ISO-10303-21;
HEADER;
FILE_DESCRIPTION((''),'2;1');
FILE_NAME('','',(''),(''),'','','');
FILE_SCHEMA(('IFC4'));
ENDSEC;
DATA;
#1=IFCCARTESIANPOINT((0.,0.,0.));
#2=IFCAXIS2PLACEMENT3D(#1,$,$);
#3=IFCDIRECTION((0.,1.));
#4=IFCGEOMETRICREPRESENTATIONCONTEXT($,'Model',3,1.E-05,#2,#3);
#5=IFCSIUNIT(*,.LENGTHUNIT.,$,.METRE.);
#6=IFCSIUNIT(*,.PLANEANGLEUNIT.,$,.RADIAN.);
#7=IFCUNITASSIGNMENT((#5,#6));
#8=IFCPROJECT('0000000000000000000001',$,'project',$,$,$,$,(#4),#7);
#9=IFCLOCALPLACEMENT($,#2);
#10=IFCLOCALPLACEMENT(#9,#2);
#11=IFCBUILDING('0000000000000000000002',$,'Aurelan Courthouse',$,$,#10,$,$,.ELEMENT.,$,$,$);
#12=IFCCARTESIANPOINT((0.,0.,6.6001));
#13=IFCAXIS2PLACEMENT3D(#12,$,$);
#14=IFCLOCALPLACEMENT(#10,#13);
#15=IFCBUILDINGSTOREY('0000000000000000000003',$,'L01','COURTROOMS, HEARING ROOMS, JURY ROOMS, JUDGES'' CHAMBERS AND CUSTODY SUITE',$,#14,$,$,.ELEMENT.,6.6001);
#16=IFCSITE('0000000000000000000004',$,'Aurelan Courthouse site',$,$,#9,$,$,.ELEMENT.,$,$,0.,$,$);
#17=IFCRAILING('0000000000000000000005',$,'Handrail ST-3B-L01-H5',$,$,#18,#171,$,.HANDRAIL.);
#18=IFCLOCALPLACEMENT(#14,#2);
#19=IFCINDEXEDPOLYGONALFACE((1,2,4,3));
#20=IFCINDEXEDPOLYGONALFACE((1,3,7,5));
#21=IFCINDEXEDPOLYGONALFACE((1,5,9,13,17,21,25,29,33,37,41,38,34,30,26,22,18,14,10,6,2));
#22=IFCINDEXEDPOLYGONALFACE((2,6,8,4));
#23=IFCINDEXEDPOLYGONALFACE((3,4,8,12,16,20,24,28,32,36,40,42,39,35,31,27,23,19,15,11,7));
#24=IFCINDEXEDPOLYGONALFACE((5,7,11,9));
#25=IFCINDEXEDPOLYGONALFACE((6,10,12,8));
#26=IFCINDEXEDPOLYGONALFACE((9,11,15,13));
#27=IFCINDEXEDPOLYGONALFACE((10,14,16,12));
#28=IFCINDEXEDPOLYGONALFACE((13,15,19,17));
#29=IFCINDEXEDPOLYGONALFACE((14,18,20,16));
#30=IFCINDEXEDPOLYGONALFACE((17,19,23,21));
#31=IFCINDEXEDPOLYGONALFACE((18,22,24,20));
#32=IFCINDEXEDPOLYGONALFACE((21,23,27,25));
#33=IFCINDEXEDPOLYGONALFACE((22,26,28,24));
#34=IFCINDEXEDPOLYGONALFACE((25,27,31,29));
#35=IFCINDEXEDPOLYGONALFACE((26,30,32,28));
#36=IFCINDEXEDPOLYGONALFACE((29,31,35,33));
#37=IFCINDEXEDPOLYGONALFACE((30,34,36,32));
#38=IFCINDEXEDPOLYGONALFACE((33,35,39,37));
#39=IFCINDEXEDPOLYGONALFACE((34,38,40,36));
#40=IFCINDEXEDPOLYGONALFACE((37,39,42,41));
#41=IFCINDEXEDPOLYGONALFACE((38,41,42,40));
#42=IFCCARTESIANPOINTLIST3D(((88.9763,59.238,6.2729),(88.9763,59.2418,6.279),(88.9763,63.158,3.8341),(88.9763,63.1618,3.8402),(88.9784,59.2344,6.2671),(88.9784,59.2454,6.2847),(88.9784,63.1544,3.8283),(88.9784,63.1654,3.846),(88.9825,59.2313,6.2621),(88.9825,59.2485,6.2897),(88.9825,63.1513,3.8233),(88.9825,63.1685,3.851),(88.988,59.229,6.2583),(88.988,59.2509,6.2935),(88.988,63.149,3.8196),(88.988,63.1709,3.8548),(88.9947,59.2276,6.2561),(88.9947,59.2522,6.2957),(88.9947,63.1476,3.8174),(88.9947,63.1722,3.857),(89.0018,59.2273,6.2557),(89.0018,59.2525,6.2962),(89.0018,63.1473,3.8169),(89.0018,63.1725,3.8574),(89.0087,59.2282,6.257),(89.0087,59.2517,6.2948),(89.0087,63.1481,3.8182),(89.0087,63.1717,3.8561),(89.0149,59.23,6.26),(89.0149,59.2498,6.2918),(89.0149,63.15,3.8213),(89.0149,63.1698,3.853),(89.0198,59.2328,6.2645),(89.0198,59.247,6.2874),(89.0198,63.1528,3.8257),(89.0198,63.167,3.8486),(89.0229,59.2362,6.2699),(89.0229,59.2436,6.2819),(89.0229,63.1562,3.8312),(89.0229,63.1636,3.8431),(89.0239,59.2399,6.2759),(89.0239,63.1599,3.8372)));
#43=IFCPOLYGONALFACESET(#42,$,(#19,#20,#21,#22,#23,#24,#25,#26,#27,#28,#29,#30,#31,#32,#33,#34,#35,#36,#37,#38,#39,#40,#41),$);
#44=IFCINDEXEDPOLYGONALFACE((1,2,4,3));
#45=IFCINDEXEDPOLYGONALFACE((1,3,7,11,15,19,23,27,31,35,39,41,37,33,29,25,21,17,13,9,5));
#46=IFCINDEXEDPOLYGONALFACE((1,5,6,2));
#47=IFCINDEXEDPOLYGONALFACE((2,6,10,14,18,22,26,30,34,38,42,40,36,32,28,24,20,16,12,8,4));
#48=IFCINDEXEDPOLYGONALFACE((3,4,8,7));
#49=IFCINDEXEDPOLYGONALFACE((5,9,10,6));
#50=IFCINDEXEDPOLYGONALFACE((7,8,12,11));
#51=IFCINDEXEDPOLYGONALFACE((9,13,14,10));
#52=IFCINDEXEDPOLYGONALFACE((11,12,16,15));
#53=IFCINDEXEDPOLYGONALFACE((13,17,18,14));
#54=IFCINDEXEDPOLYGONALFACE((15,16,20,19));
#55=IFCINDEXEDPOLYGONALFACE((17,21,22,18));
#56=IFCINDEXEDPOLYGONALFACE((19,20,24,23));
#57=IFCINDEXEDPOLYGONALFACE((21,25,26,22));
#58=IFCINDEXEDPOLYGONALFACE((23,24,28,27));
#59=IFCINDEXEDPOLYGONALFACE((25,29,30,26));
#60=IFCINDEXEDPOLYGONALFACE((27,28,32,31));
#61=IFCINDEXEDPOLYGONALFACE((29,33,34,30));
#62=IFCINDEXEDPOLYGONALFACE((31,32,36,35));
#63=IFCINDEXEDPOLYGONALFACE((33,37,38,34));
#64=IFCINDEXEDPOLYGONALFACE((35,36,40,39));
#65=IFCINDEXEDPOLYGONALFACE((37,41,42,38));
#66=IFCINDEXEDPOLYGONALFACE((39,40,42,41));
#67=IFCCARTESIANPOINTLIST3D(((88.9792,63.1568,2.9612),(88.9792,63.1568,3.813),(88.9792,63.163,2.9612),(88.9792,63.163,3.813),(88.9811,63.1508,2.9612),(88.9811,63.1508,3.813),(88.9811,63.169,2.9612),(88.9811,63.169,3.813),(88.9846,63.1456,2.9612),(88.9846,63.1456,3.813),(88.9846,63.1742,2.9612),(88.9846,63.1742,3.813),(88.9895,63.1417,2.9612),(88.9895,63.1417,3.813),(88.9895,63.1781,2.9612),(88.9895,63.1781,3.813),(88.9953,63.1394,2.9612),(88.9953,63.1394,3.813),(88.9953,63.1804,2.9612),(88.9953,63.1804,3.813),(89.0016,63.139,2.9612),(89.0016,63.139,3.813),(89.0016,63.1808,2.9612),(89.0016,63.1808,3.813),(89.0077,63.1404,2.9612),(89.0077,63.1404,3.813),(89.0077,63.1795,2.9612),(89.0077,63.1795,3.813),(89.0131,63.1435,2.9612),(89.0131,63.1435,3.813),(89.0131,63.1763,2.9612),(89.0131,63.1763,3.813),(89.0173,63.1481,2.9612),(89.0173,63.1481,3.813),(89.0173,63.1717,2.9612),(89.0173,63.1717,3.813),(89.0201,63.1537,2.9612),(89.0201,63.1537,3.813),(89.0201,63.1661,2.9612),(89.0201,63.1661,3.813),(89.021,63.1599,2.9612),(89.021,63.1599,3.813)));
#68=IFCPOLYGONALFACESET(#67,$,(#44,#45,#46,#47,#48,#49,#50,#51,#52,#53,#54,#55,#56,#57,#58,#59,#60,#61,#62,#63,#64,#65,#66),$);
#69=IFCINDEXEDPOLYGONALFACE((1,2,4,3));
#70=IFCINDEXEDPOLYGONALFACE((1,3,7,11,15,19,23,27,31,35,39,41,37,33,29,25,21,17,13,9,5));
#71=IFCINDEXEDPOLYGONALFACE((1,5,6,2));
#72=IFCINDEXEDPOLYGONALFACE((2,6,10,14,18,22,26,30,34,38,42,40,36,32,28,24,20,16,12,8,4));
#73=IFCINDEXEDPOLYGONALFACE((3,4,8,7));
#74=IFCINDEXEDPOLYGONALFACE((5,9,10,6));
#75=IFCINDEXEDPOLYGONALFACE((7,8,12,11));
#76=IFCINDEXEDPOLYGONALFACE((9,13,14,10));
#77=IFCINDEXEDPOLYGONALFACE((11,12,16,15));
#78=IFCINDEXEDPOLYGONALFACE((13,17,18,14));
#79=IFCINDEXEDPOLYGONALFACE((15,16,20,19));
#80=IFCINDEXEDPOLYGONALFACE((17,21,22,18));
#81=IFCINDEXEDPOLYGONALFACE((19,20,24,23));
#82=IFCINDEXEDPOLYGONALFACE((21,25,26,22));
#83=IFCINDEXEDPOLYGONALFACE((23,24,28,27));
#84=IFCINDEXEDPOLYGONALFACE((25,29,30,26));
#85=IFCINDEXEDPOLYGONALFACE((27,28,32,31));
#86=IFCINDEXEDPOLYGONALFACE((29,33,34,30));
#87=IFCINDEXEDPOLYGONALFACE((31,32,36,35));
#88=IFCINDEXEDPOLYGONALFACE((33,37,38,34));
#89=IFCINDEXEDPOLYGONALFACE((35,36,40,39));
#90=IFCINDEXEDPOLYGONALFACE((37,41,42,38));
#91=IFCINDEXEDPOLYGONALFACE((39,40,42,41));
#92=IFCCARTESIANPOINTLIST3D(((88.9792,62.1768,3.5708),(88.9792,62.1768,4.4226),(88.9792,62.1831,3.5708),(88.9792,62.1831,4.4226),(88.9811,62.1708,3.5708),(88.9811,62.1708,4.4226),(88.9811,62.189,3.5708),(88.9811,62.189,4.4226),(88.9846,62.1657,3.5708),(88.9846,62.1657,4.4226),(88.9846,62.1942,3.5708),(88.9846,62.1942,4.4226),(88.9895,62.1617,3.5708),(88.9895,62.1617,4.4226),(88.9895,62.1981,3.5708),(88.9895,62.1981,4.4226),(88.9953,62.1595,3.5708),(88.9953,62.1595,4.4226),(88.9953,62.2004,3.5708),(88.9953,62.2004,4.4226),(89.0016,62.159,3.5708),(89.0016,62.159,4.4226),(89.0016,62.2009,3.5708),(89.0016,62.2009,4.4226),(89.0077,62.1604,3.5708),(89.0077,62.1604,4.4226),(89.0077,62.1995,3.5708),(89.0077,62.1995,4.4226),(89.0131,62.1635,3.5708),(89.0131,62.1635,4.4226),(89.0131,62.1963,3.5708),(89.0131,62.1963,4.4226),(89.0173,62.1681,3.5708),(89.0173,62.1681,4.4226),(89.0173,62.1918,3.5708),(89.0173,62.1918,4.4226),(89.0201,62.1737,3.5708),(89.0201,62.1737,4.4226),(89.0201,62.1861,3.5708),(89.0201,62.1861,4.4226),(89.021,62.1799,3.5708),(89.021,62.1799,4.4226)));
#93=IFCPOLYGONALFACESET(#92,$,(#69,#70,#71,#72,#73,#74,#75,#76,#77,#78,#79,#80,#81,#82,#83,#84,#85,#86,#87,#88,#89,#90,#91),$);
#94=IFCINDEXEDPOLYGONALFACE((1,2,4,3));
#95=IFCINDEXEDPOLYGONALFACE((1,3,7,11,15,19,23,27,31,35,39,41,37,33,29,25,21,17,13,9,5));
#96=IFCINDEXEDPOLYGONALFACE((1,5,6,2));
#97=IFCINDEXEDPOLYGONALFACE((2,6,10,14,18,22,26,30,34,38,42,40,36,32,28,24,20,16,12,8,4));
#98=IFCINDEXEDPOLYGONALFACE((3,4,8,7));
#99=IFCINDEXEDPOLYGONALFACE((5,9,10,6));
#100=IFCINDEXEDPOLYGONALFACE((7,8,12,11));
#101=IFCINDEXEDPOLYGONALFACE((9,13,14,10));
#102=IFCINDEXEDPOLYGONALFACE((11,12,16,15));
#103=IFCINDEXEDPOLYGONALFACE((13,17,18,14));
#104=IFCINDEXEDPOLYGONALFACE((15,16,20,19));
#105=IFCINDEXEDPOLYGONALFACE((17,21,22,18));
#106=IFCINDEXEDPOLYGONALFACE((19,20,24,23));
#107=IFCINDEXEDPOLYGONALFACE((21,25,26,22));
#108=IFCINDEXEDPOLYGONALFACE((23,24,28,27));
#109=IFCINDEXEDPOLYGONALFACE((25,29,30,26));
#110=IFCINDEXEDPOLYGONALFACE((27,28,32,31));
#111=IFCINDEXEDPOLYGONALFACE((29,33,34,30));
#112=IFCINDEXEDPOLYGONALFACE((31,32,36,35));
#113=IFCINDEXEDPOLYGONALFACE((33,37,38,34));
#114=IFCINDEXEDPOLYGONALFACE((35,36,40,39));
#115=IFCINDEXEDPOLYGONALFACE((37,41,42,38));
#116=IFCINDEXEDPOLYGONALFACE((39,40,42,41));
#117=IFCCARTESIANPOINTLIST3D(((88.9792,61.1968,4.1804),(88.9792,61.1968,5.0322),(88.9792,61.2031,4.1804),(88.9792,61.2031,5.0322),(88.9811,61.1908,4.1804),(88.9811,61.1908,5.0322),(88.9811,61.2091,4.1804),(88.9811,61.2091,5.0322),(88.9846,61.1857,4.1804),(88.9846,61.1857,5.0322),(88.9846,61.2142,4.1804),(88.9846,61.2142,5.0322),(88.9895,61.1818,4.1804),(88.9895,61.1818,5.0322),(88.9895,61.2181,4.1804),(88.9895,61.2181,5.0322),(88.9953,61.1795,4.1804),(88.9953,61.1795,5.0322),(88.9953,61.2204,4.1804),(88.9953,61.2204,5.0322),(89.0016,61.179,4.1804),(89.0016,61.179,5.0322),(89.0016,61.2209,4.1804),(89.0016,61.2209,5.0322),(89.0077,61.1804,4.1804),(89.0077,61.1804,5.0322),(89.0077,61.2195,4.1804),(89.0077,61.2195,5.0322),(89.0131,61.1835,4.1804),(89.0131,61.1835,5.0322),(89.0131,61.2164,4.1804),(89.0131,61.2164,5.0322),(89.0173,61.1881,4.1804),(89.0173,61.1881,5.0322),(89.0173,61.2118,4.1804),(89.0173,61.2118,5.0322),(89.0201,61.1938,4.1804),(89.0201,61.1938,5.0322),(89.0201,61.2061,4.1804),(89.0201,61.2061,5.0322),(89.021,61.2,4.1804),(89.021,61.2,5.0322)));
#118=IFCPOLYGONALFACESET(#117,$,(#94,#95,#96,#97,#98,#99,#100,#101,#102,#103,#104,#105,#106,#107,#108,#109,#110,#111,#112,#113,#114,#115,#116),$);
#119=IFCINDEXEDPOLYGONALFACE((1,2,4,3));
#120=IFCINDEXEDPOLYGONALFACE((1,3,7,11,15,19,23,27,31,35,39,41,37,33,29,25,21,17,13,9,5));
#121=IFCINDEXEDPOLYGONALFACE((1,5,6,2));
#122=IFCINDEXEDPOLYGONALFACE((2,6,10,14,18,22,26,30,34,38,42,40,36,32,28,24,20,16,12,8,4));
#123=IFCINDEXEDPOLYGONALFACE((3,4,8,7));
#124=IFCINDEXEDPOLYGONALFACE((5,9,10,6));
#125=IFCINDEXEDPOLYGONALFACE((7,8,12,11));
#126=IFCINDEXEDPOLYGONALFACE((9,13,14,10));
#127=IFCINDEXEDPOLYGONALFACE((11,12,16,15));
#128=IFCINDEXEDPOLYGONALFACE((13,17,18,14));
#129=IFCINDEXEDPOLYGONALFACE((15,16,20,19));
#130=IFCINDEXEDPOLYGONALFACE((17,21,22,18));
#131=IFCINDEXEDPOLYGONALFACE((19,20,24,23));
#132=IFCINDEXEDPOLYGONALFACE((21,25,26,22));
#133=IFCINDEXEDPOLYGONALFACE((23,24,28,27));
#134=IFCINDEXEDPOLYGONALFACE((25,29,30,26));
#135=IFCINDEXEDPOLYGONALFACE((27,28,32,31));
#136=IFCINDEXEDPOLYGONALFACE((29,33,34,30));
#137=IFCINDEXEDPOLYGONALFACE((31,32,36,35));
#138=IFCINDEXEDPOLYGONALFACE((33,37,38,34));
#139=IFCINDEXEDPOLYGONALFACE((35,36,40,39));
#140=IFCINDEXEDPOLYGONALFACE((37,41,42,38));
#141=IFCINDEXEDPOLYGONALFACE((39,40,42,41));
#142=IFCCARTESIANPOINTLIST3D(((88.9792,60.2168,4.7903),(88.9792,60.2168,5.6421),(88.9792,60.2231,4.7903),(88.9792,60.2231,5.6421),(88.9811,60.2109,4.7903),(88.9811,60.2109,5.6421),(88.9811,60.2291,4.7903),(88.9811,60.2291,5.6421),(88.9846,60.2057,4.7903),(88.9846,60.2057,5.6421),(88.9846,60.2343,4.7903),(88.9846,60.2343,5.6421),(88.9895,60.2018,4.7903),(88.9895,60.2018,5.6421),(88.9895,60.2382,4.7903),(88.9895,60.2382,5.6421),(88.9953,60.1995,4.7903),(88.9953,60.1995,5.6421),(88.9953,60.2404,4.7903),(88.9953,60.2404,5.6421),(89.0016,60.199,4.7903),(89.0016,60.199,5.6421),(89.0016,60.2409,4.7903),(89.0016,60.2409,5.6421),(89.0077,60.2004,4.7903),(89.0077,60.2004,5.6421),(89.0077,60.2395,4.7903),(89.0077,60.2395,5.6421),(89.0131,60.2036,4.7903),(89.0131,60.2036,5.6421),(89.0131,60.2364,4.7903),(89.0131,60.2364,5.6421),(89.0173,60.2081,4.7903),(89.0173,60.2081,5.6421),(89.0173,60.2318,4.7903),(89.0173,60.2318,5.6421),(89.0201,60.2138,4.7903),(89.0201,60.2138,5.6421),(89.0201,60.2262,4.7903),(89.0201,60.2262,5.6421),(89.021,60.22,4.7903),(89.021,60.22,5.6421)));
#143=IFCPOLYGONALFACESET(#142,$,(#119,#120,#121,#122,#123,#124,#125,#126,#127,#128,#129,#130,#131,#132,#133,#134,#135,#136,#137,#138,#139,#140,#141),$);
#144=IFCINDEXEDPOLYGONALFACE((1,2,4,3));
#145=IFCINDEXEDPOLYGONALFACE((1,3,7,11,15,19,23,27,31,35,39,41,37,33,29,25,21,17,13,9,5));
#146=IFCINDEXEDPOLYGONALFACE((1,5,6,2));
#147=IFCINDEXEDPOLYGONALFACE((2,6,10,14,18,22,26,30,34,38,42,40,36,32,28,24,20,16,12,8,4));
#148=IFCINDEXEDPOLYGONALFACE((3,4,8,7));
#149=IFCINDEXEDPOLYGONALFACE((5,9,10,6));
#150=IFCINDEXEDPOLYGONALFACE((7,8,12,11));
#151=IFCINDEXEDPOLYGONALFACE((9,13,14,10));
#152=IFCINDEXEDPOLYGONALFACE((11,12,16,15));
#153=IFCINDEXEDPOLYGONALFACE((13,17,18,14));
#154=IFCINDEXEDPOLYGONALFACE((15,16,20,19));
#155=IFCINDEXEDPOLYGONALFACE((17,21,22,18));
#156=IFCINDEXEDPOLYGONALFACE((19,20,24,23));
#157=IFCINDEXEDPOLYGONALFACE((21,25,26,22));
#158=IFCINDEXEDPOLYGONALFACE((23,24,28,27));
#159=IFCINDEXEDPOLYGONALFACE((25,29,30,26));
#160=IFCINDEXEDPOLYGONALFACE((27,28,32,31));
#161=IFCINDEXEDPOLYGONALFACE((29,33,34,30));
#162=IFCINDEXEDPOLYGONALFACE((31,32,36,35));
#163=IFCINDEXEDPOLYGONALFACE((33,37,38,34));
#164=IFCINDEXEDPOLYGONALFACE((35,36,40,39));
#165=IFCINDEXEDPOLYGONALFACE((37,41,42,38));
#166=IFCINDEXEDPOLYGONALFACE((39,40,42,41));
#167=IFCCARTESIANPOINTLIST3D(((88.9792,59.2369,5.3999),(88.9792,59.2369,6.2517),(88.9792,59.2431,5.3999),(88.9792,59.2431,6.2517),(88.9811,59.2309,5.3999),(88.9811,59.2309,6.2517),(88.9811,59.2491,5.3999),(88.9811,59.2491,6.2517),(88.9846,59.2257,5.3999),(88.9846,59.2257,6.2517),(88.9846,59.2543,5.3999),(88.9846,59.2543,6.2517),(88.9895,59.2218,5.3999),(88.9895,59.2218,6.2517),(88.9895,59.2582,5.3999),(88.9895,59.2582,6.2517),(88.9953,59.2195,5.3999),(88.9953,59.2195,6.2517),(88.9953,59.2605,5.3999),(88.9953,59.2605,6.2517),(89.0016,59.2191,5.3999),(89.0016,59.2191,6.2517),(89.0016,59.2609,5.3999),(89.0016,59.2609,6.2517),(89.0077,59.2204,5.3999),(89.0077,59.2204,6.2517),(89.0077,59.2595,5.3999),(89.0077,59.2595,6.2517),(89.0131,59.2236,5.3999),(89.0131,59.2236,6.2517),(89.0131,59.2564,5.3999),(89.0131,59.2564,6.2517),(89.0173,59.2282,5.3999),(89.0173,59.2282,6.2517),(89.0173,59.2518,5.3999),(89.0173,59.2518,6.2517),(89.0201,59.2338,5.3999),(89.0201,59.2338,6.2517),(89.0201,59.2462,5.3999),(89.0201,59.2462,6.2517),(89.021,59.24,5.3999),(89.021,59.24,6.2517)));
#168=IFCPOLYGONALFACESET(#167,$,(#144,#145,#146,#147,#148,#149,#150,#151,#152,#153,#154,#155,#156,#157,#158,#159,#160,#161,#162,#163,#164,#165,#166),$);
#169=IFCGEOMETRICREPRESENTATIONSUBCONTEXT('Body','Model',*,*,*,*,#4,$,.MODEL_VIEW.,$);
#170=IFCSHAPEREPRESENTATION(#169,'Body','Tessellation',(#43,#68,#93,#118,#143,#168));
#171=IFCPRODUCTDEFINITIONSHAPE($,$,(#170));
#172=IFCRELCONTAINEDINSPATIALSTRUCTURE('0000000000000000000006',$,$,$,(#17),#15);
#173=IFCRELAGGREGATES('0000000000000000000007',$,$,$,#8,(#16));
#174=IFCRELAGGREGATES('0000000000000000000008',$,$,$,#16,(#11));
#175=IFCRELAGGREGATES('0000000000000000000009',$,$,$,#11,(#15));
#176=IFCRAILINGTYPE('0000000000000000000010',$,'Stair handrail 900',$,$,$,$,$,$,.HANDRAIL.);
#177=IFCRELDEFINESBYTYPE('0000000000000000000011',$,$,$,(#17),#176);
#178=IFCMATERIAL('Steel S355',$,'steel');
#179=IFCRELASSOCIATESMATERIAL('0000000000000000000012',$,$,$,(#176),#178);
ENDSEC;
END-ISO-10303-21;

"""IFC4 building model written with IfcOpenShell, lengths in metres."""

from ifc_helpers import new_model, si_unit, direction, frame, origin, origin_2d, place, context, subcontext, project, spatial, circle, extrude, material, type_object, element, save


model = new_model("IFC4")

# Units and contexts
model_context = context("Model", 3, precision=1e-05, world=origin(), true_north=direction((0.0, 1.0)))
body_context = subcontext(model_context, "Body", "Model", "MODEL_VIEW")
ifc_project = project(units=[si_unit("LENGTHUNIT", "METRE"), si_unit("PLANEANGLEUNIT", "RADIAN")], contexts=[model_context])

# Site, building, storey
site_placement = place(None, origin())
site = spatial("IfcSite", under=ifc_project, at=site_placement, Name="Aurelan Courthouse site", CompositionType="ELEMENT", RefElevation=0.0)
building_placement = place(site_placement, origin())
building = spatial("IfcBuilding", under=site, at=building_placement, Name="Aurelan Courthouse", CompositionType="ELEMENT")
storey_placement = place(building_placement, frame((0.0, 0.0, 6.6001)))
storey = spatial("IfcBuildingStorey", under=building, at=storey_placement, Name="L01", Description="COURTROOMS, HEARING ROOMS, JURY ROOMS, JUDGES' CHAMBERS AND CUSTODY SUITE", CompositionType="ELEMENT", Elevation=6.6001)

# Railing
ifc_material_1 = material(Name="Steel S355", Category="steel")
railing_type_1 = type_object("IfcRailingType", Name="Stair handrail 900", PredefinedType="HANDRAIL", material=ifc_material_1)
for number, where, name in (
    (1, (89.0, 63.1599, 2.9612), "Handrail ST-3B-L01-H5"),
):
    element("IfcRailing", number, at=place(storey_placement, frame(where)), inside=storey, type_object=railing_type_1, Name=name, PredefinedType="HANDRAIL", context=body_context, shape_type="SweptSolid", body=[
        extrude(circle(Radius=0.0239, at=origin_2d()), frame((0.0, 0.0, 0.876), z_axis=(0.0, -0.84909, 0.528249), x_axis=(1.0, 0.0, 0.0)), (0.0, 0.0, 1.0), 4.6167),
        extrude(circle(Radius=0.021, at=origin_2d()), origin(), (0.0, 0.0, 1.0), 0.8518),
        extrude(circle(Radius=0.021, at=origin_2d()), frame((0.0, -0.98, 0.6096)), (0.0, 0.0, 1.0), 0.8518),
        extrude(circle(Radius=0.021, at=origin_2d()), frame((0.0, -1.96, 1.2192)), (0.0, 0.0, 1.0), 0.8518),
        extrude(circle(Radius=0.021, at=origin_2d()), frame((0.0, -2.9399, 1.8291)), (0.0, 0.0, 1.0), 0.8518),
        extrude(circle(Radius=0.021, at=origin_2d()), frame((0.0, -3.9199, 2.4387)), (0.0, 0.0, 1.0), 0.8518),
    ])

save(model, "model.ifc")
